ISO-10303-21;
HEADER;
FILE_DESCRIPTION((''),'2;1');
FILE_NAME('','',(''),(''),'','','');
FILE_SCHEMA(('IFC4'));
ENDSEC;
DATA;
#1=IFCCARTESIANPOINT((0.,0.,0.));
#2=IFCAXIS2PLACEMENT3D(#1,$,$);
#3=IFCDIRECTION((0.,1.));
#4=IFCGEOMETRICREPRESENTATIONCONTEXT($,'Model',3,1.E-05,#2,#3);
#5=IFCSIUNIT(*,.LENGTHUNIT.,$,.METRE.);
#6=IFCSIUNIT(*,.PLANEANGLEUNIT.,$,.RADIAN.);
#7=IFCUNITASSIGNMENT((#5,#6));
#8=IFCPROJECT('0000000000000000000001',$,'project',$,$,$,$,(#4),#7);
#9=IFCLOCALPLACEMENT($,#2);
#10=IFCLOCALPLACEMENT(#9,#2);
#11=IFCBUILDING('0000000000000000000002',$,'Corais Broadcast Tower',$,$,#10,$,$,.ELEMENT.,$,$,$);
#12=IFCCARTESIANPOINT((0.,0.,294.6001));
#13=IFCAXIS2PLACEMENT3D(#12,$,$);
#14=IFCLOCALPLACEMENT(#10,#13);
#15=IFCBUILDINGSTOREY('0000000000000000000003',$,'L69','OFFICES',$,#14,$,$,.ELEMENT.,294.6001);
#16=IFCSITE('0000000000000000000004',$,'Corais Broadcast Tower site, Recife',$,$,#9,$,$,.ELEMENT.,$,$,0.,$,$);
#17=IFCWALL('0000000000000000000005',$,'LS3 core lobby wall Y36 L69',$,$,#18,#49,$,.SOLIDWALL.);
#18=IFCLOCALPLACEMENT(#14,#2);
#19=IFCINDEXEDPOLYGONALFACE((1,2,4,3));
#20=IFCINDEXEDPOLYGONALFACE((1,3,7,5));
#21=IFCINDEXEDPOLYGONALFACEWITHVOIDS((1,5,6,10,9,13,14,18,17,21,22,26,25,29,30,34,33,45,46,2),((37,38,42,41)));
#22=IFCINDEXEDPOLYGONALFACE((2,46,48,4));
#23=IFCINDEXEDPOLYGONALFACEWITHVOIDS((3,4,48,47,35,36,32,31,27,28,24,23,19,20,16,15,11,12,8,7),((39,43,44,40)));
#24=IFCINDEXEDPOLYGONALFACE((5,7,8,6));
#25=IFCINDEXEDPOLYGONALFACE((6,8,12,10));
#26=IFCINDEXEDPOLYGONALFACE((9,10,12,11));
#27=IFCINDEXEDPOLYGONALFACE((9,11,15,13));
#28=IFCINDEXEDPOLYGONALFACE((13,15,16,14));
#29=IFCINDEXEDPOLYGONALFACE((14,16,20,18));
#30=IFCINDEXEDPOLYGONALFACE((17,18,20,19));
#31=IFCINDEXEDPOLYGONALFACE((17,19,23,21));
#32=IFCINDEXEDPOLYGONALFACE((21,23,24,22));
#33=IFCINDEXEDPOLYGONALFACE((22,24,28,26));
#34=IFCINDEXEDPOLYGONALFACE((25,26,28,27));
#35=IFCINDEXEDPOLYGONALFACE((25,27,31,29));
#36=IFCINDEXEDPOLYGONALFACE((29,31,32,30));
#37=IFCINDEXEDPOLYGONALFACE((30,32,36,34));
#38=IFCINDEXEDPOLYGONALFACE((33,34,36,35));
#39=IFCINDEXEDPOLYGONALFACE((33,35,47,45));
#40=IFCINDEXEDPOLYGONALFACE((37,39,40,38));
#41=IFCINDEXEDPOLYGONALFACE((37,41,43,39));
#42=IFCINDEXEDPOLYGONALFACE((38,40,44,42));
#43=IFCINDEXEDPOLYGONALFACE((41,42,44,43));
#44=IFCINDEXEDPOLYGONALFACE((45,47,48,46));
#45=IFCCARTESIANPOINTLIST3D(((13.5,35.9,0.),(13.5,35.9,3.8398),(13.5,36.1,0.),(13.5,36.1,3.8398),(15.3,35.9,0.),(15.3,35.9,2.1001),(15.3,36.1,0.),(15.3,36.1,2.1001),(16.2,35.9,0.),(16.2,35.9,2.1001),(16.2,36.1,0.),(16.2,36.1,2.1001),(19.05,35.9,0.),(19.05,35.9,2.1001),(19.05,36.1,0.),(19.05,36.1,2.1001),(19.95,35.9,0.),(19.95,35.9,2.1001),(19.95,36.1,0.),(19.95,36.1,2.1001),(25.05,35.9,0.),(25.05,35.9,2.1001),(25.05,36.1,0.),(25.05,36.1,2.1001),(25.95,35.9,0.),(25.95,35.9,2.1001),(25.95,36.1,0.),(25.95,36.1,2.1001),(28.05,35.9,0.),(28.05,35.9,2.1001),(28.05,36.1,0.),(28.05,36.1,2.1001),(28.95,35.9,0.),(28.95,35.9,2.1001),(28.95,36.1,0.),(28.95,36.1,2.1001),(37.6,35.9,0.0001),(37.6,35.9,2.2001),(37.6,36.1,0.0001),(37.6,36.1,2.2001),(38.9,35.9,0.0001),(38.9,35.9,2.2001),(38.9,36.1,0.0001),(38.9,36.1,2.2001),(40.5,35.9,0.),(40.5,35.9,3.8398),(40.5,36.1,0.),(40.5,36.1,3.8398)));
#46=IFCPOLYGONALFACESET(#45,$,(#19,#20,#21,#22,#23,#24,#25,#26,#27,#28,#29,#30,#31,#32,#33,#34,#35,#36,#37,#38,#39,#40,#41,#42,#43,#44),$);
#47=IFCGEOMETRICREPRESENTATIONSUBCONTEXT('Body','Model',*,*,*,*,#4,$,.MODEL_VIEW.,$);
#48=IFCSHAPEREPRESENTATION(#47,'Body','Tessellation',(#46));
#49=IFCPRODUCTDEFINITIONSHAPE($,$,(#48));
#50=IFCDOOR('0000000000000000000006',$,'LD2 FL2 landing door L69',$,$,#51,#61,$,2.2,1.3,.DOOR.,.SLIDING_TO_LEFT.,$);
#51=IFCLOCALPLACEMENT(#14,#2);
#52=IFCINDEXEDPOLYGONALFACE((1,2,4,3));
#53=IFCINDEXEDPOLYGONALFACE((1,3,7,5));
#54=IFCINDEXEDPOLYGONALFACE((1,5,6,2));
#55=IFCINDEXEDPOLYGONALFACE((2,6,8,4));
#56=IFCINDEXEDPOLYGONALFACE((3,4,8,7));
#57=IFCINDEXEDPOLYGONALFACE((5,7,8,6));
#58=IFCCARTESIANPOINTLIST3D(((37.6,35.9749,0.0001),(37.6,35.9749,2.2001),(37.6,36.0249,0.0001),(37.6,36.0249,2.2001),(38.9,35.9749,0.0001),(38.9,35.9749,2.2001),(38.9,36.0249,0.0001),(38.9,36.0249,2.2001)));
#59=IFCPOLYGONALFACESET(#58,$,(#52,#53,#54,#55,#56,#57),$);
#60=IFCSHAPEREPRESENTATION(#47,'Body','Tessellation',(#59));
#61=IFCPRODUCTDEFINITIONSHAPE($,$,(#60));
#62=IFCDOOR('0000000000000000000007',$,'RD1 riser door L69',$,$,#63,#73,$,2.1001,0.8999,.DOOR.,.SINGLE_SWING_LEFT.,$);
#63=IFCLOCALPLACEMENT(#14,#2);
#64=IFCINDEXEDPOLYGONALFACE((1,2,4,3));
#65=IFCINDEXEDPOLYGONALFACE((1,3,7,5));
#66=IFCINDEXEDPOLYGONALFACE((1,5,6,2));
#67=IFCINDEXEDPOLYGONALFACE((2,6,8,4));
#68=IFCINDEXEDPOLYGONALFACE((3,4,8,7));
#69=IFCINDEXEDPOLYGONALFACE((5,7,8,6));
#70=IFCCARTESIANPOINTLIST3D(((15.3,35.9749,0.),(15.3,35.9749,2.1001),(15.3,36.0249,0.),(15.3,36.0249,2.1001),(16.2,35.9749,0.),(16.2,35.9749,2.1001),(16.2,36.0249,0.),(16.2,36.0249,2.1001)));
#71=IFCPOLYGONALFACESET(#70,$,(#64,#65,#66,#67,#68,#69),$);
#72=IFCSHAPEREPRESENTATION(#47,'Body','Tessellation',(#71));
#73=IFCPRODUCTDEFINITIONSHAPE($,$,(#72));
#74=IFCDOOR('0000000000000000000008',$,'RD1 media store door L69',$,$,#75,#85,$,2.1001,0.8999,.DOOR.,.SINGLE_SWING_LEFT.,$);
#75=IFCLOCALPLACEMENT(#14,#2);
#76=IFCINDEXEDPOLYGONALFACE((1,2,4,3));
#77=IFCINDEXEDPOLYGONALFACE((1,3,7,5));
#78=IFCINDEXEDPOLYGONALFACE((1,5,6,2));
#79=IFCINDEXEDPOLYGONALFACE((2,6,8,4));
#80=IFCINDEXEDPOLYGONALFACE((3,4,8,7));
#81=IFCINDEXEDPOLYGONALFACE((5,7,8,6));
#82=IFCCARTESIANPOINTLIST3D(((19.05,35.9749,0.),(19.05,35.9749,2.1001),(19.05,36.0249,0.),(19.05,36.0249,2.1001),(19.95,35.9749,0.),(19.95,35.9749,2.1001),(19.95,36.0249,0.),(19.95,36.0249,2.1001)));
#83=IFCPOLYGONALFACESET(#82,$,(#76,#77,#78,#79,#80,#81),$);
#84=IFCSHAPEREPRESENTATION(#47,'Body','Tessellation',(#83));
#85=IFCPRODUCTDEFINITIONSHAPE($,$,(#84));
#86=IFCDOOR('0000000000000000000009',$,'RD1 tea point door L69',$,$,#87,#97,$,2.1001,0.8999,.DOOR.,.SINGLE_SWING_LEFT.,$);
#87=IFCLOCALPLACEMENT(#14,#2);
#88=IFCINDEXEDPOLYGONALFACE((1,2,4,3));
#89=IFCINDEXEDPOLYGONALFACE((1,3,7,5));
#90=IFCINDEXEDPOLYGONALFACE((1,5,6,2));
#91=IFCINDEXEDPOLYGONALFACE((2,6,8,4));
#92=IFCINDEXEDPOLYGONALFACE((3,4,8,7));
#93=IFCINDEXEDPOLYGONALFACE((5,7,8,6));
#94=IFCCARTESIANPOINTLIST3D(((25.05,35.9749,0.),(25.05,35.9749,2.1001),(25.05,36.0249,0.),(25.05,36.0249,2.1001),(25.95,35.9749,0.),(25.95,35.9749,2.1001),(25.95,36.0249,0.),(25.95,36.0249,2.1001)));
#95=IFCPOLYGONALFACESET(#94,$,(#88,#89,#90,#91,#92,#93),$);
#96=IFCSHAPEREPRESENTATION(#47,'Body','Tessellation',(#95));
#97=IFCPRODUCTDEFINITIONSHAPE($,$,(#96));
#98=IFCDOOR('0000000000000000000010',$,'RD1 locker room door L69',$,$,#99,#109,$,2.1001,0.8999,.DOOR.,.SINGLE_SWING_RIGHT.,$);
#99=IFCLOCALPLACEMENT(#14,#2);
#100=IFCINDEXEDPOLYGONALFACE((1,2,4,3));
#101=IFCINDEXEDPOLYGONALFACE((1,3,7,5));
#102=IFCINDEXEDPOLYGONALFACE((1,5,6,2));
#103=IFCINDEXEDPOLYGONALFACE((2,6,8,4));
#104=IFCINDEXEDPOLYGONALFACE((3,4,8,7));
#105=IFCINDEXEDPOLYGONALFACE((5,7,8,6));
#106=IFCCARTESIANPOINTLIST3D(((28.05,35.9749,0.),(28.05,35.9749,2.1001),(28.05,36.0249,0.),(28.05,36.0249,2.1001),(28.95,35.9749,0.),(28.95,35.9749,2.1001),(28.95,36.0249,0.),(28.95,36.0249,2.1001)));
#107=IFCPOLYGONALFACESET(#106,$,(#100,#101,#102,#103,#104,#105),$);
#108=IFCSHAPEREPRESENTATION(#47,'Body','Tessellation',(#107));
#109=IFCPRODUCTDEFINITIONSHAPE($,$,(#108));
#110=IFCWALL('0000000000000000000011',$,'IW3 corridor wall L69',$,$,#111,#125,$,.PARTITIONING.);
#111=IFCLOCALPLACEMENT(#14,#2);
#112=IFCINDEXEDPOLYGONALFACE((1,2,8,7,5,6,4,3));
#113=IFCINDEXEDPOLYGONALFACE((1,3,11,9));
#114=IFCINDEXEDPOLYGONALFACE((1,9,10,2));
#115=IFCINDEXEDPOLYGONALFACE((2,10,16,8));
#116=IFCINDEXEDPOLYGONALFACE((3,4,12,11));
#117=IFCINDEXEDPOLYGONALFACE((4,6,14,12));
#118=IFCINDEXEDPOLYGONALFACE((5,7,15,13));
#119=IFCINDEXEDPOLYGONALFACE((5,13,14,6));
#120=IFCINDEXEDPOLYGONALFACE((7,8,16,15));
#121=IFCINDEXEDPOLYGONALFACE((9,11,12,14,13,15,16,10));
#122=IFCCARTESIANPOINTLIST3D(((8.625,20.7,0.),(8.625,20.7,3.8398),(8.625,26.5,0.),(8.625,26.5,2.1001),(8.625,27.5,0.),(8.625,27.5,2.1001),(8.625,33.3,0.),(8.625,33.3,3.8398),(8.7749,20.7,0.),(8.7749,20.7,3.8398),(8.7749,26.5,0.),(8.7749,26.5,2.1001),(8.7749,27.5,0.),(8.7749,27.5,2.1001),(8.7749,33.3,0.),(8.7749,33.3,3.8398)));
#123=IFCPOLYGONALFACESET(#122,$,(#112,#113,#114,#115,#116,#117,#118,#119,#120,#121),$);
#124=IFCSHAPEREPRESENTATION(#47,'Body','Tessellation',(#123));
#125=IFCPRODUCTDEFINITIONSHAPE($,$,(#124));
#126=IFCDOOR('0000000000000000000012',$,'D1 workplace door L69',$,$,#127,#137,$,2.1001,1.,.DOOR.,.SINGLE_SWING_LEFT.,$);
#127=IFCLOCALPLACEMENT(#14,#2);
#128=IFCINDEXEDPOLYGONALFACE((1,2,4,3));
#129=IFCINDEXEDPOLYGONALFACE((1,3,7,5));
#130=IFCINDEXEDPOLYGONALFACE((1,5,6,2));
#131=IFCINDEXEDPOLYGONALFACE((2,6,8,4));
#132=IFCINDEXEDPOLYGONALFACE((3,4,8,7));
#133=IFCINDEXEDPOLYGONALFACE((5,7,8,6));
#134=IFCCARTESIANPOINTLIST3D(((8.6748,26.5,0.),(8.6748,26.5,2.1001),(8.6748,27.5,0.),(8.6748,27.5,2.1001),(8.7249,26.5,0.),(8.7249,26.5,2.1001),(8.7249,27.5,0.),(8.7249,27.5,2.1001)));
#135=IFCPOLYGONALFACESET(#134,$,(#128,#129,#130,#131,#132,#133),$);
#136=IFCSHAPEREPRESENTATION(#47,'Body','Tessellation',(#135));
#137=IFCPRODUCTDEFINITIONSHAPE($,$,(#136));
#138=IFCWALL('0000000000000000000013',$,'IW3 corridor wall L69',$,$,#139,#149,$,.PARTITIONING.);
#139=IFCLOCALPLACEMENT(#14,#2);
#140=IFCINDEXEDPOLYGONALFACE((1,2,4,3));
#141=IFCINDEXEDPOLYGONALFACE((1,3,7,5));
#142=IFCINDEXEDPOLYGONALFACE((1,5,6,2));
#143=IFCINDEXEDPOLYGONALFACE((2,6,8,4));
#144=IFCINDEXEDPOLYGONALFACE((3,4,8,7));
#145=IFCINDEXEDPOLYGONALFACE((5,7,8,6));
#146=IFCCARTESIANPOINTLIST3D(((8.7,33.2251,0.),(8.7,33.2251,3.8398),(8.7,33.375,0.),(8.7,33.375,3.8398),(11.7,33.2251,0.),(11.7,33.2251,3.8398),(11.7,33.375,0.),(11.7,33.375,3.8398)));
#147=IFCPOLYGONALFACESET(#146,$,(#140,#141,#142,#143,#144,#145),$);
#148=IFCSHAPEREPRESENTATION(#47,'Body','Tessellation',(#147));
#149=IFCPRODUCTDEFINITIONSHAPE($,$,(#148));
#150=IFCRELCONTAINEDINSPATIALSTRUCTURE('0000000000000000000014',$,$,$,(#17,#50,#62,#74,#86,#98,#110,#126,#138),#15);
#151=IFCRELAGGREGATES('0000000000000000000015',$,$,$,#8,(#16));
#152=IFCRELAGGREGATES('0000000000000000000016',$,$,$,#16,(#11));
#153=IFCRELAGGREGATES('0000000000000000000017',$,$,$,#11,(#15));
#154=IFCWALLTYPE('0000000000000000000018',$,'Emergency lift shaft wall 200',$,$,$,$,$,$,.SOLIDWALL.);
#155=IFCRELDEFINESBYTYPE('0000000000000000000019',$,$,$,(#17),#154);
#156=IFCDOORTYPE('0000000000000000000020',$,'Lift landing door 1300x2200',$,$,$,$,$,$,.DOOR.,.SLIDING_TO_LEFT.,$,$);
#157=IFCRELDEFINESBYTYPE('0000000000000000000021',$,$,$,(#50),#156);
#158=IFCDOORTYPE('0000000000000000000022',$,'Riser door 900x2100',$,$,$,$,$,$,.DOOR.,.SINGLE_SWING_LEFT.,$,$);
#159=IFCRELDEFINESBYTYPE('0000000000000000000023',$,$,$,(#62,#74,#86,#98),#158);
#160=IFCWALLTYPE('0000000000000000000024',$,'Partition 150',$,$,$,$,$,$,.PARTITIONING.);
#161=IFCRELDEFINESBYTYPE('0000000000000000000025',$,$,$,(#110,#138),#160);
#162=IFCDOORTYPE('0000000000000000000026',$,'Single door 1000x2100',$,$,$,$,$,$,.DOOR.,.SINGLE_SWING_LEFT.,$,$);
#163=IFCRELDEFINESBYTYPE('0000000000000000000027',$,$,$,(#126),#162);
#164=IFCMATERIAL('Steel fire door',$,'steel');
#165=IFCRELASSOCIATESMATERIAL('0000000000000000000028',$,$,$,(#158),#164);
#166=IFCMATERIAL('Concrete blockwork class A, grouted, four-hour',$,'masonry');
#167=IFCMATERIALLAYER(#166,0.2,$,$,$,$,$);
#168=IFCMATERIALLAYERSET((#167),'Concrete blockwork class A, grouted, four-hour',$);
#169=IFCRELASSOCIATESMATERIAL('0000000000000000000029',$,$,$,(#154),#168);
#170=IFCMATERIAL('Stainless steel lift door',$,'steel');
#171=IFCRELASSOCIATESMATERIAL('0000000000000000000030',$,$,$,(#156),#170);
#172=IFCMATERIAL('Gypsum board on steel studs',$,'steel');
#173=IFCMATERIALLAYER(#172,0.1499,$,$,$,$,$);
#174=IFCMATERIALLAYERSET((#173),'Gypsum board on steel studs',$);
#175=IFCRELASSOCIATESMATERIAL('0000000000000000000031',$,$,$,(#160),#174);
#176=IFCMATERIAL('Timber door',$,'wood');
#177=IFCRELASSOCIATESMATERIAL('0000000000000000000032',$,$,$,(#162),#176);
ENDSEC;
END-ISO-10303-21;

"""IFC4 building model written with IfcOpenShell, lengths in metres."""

from ifc_helpers import new_model, si_unit, direction, frame, frame_2d, origin, place, context, subcontext, project, spatial, rectangle, extrude, material, layer, layer_set, type_object, element, fill, save


model = new_model("IFC4")

# Units and contexts
model_context = context("Model", 3, precision=1e-05, world=origin(), true_north=direction((0.0, 1.0)))
body_context = subcontext(model_context, "Body", "Model", "MODEL_VIEW")
ifc_project = project(units=[si_unit("LENGTHUNIT", "METRE"), si_unit("PLANEANGLEUNIT", "RADIAN")], contexts=[model_context])

# Site, building, storey
site_placement = place(None, origin())
site = spatial("IfcSite", under=ifc_project, at=site_placement, Name="Corais Broadcast Tower site, Recife", CompositionType="ELEMENT", RefElevation=0.0)
building_placement = place(site_placement, origin())
building = spatial("IfcBuilding", under=site, at=building_placement, Name="Corais Broadcast Tower", CompositionType="ELEMENT")
storey_placement = place(building_placement, frame((0.0, 0.0, 294.6001)))
storey = spatial("IfcBuildingStorey", under=building, at=storey_placement, Name="L69", Description="OFFICES", CompositionType="ELEMENT", Elevation=294.6001)

# Wall, openings, doors
ifc_material_1 = material(Name="Steel fire door", Category="steel")
door_type_1 = type_object("IfcDoorType", Name="Riser door 900x2100", OperationType="SINGLE_SWING_LEFT", PredefinedType="DOOR", material=ifc_material_1)
ifc_material_2 = material(Name="Concrete blockwork class A, grouted, four-hour", Category="masonry")
ifc_layer_1 = layer(ifc_material_2, 0.2)
ifc_layer_set_1 = layer_set([ifc_layer_1], Name="Concrete blockwork class A, grouted, four-hour")
wall_type_1 = type_object("IfcWallType", Name="Emergency lift shaft wall 200", PredefinedType="SOLIDWALL", material=ifc_layer_set_1)
wall_1_placement = place(storey_placement, frame((13.5, 36.0, 0.0), z_axis=(0.0, 0.0, 1.0), x_axis=(1.0, 0.0, 0.0)))
wall_1 = element("IfcWall", 1, at=wall_1_placement, inside=storey, type_object=wall_type_1, Name="LS3 core lobby wall Y36 L69", PredefinedType="SOLIDWALL", context=body_context, shape_type="SweptSolid", body=[
    extrude(rectangle(XDim=27.0, YDim=0.2, at=frame_2d((13.5, 0.0))), origin(), (0.0, 0.0, 1.0), 3.8398),
])
opening_1_placement = place(wall_1_placement, frame((1.8, 0.0, 0.0)))
opening_1 = element("IfcOpeningElement", 2, at=opening_1_placement, cuts=wall_1, PredefinedType="OPENING", context=body_context, shape_type="SweptSolid", body=[
    extrude(rectangle(XDim=0.8999, YDim=2.1001, at=frame_2d((0.45, 1.05))), frame((0.0, 0.1099, 0.0), z_axis=(0.0, -1.0, 0.0), x_axis=(1.0, 0.0, 0.0)), (0.0, 0.0, 1.0), 0.22),
])
opening_2_placement = place(wall_1_placement, frame((5.55, 0.0, 0.0)))
opening_2 = element("IfcOpeningElement", 3, at=opening_2_placement, cuts=wall_1, PredefinedType="OPENING", context=body_context, shape_type="SweptSolid", body=[
    extrude(rectangle(XDim=0.8999, YDim=2.1001, at=frame_2d((0.45, 1.05))), frame((0.0, 0.1099, 0.0), z_axis=(0.0, -1.0, 0.0), x_axis=(1.0, 0.0, 0.0)), (0.0, 0.0, 1.0), 0.22),
])
opening_3_placement = place(wall_1_placement, frame((11.55, 0.0, 0.0)))
opening_3 = element("IfcOpeningElement", 4, at=opening_3_placement, cuts=wall_1, PredefinedType="OPENING", context=body_context, shape_type="SweptSolid", body=[
    extrude(rectangle(XDim=0.8999, YDim=2.1001, at=frame_2d((0.45, 1.05))), frame((0.0, 0.1099, 0.0), z_axis=(0.0, -1.0, 0.0), x_axis=(1.0, 0.0, 0.0)), (0.0, 0.0, 1.0), 0.22),
])
opening_4_placement = place(wall_1_placement, frame((14.55, 0.0, 0.0)))
opening_4 = element("IfcOpeningElement", 5, at=opening_4_placement, cuts=wall_1, PredefinedType="OPENING", context=body_context, shape_type="SweptSolid", body=[
    extrude(rectangle(XDim=0.8999, YDim=2.1001, at=frame_2d((0.45, 1.05))), frame((0.0, 0.1099, 0.0), z_axis=(0.0, -1.0, 0.0), x_axis=(1.0, 0.0, 0.0)), (0.0, 0.0, 1.0), 0.22),
])
opening_5_placement = place(wall_1_placement, frame((24.1001, 0.0, 0.0)))
opening_5 = element("IfcOpeningElement", 6, at=opening_5_placement, cuts=wall_1, PredefinedType="OPENING", context=body_context, shape_type="SweptSolid", body=[
    extrude(rectangle(XDim=1.3, YDim=2.2, at=frame_2d((0.6499, 1.1001))), frame((0.0, 0.1099, 0.0), z_axis=(0.0, -1.0, 0.0), x_axis=(1.0, 0.0, 0.0)), (0.0, 0.0, 1.0), 0.22),
])
ifc_material_3 = material(Name="Stainless steel lift door", Category="steel")
door_type_2 = type_object("IfcDoorType", Name="Lift landing door 1300x2200", OperationType="SLIDING_TO_LEFT", PredefinedType="DOOR", material=ifc_material_3)
door_1_placement = place(opening_5_placement, origin())
door_1 = element("IfcDoor", 7, at=door_1_placement, inside=storey, type_object=door_type_2, Name="LD2 FL2 landing door L69", OperationType="SLIDING_TO_LEFT", OverallHeight=2.2, OverallWidth=1.3, PredefinedType="DOOR", context=body_context, shape_type="SweptSolid", body=[
    extrude(rectangle(XDim=1.3, YDim=2.2, at=frame_2d((0.6499, 1.1001))), frame((0.0, 0.0249, 0.0), z_axis=(0.0, -1.0, 0.0), x_axis=(1.0, 0.0, 0.0)), (0.0, 0.0, 1.0), 0.05),
])
fill(opening_5, door_1)
door_2_placement = place(opening_1_placement, origin())
door_2 = element("IfcDoor", 8, at=door_2_placement, inside=storey, type_object=door_type_1, Name="RD1 riser door L69", OperationType="SINGLE_SWING_LEFT", OverallHeight=2.1001, OverallWidth=0.8999, PredefinedType="DOOR", context=body_context, shape_type="SweptSolid", body=[
    extrude(rectangle(XDim=0.8999, YDim=2.1001, at=frame_2d((0.45, 1.05))), frame((0.0, 0.0249, 0.0), z_axis=(0.0, -1.0, 0.0), x_axis=(1.0, 0.0, 0.0)), (0.0, 0.0, 1.0), 0.05),
])
fill(opening_1, door_2)
door_3_placement = place(opening_2_placement, origin())
door_3 = element("IfcDoor", 9, at=door_3_placement, inside=storey, type_object=door_type_1, Name="RD1 media store door L69", OperationType="SINGLE_SWING_LEFT", OverallHeight=2.1001, OverallWidth=0.8999, PredefinedType="DOOR", context=body_context, shape_type="SweptSolid", body=[
    extrude(rectangle(XDim=0.8999, YDim=2.1001, at=frame_2d((0.45, 1.05))), frame((0.0, 0.0249, 0.0), z_axis=(0.0, -1.0, 0.0), x_axis=(1.0, 0.0, 0.0)), (0.0, 0.0, 1.0), 0.05),
])
fill(opening_2, door_3)
door_4_placement = place(opening_3_placement, origin())
door_4 = element("IfcDoor", 10, at=door_4_placement, inside=storey, type_object=door_type_1, Name="RD1 tea point door L69", OperationType="SINGLE_SWING_LEFT", OverallHeight=2.1001, OverallWidth=0.8999, PredefinedType="DOOR", context=body_context, shape_type="SweptSolid", body=[
    extrude(rectangle(XDim=0.8999, YDim=2.1001, at=frame_2d((0.45, 1.05))), frame((0.0, 0.0249, 0.0), z_axis=(0.0, -1.0, 0.0), x_axis=(1.0, 0.0, 0.0)), (0.0, 0.0, 1.0), 0.05),
])
fill(opening_3, door_4)
door_5_placement = place(opening_4_placement, origin())
door_5 = element("IfcDoor", 11, at=door_5_placement, inside=storey, type_object=door_type_1, Name="RD1 locker room door L69", OperationType="SINGLE_SWING_RIGHT", OverallHeight=2.1001, OverallWidth=0.8999, PredefinedType="DOOR", context=body_context, shape_type="SweptSolid", body=[
    extrude(rectangle(XDim=0.8999, YDim=2.1001, at=frame_2d((0.45, 1.05))), frame((0.0, 0.0249, 0.0), z_axis=(0.0, -1.0, 0.0), x_axis=(1.0, 0.0, 0.0)), (0.0, 0.0, 1.0), 0.05),
])
fill(opening_4, door_5)

# Wall, opening, door
ifc_material_4 = material(Name="Gypsum board on steel studs", Category="steel")
ifc_layer_2 = layer(ifc_material_4, 0.1499)
ifc_layer_set_2 = layer_set([ifc_layer_2], Name="Gypsum board on steel studs")
wall_type_2 = type_object("IfcWallType", Name="Partition 150", PredefinedType="PARTITIONING", material=ifc_layer_set_2)
wall_2_placement = place(storey_placement, frame((8.7, 33.3, 0.0), z_axis=(0.0, 0.0, 1.0), x_axis=(0.0, -1.0, 0.0)))
wall_2 = element("IfcWall", 12, at=wall_2_placement, inside=storey, type_object=wall_type_2, Name="IW3 corridor wall L69", PredefinedType="PARTITIONING", context=body_context, shape_type="SweptSolid", body=[
    extrude(rectangle(XDim=12.6001, YDim=0.1499, at=frame_2d((6.3, 0.0))), origin(), (0.0, 0.0, 1.0), 3.8398),
])
opening_6_placement = place(wall_2_placement, frame((5.8, 0.0, 0.0)))
opening_6 = element("IfcOpeningElement", 13, at=opening_6_placement, cuts=wall_2, PredefinedType="OPENING", context=body_context, shape_type="SweptSolid", body=[
    extrude(rectangle(XDim=1.0, YDim=2.1001, at=frame_2d((0.5, 1.05))), frame((0.0, 0.085, 0.0), z_axis=(0.0, -1.0, 0.0), x_axis=(1.0, 0.0, 0.0)), (0.0, 0.0, 1.0), 0.1699),
])
ifc_material_5 = material(Name="Timber door", Category="wood")
door_type_3 = type_object("IfcDoorType", Name="Single door 1000x2100", OperationType="SINGLE_SWING_LEFT", PredefinedType="DOOR", material=ifc_material_5)
door_6_placement = place(opening_6_placement, origin())
door_6 = element("IfcDoor", 14, at=door_6_placement, inside=storey, type_object=door_type_3, Name="D1 workplace door L69", OperationType="SINGLE_SWING_LEFT", OverallHeight=2.1001, OverallWidth=1.0, PredefinedType="DOOR", context=body_context, shape_type="SweptSolid", body=[
    extrude(rectangle(XDim=1.0, YDim=2.1001, at=frame_2d((0.5, 1.05))), frame((0.0, 0.0249, 0.0), z_axis=(0.0, -1.0, 0.0), x_axis=(1.0, 0.0, 0.0)), (0.0, 0.0, 1.0), 0.05),
])
fill(opening_6, door_6)

# Wall
wall_3_placement = place(storey_placement, frame((11.7, 33.3, 0.0), z_axis=(0.0, 0.0, 1.0), x_axis=(-1.0, 0.0, 0.0)))
element("IfcWall", 15, at=wall_3_placement, inside=storey, type_object=wall_type_2, Name="IW3 corridor wall L69", PredefinedType="PARTITIONING", context=body_context, shape_type="SweptSolid", body=[
    extrude(rectangle(XDim=3.0, YDim=0.1499, at=frame_2d((1.5, 0.0))), origin(), (0.0, 0.0, 1.0), 3.8398),
])

save(model, "model.ifc")
